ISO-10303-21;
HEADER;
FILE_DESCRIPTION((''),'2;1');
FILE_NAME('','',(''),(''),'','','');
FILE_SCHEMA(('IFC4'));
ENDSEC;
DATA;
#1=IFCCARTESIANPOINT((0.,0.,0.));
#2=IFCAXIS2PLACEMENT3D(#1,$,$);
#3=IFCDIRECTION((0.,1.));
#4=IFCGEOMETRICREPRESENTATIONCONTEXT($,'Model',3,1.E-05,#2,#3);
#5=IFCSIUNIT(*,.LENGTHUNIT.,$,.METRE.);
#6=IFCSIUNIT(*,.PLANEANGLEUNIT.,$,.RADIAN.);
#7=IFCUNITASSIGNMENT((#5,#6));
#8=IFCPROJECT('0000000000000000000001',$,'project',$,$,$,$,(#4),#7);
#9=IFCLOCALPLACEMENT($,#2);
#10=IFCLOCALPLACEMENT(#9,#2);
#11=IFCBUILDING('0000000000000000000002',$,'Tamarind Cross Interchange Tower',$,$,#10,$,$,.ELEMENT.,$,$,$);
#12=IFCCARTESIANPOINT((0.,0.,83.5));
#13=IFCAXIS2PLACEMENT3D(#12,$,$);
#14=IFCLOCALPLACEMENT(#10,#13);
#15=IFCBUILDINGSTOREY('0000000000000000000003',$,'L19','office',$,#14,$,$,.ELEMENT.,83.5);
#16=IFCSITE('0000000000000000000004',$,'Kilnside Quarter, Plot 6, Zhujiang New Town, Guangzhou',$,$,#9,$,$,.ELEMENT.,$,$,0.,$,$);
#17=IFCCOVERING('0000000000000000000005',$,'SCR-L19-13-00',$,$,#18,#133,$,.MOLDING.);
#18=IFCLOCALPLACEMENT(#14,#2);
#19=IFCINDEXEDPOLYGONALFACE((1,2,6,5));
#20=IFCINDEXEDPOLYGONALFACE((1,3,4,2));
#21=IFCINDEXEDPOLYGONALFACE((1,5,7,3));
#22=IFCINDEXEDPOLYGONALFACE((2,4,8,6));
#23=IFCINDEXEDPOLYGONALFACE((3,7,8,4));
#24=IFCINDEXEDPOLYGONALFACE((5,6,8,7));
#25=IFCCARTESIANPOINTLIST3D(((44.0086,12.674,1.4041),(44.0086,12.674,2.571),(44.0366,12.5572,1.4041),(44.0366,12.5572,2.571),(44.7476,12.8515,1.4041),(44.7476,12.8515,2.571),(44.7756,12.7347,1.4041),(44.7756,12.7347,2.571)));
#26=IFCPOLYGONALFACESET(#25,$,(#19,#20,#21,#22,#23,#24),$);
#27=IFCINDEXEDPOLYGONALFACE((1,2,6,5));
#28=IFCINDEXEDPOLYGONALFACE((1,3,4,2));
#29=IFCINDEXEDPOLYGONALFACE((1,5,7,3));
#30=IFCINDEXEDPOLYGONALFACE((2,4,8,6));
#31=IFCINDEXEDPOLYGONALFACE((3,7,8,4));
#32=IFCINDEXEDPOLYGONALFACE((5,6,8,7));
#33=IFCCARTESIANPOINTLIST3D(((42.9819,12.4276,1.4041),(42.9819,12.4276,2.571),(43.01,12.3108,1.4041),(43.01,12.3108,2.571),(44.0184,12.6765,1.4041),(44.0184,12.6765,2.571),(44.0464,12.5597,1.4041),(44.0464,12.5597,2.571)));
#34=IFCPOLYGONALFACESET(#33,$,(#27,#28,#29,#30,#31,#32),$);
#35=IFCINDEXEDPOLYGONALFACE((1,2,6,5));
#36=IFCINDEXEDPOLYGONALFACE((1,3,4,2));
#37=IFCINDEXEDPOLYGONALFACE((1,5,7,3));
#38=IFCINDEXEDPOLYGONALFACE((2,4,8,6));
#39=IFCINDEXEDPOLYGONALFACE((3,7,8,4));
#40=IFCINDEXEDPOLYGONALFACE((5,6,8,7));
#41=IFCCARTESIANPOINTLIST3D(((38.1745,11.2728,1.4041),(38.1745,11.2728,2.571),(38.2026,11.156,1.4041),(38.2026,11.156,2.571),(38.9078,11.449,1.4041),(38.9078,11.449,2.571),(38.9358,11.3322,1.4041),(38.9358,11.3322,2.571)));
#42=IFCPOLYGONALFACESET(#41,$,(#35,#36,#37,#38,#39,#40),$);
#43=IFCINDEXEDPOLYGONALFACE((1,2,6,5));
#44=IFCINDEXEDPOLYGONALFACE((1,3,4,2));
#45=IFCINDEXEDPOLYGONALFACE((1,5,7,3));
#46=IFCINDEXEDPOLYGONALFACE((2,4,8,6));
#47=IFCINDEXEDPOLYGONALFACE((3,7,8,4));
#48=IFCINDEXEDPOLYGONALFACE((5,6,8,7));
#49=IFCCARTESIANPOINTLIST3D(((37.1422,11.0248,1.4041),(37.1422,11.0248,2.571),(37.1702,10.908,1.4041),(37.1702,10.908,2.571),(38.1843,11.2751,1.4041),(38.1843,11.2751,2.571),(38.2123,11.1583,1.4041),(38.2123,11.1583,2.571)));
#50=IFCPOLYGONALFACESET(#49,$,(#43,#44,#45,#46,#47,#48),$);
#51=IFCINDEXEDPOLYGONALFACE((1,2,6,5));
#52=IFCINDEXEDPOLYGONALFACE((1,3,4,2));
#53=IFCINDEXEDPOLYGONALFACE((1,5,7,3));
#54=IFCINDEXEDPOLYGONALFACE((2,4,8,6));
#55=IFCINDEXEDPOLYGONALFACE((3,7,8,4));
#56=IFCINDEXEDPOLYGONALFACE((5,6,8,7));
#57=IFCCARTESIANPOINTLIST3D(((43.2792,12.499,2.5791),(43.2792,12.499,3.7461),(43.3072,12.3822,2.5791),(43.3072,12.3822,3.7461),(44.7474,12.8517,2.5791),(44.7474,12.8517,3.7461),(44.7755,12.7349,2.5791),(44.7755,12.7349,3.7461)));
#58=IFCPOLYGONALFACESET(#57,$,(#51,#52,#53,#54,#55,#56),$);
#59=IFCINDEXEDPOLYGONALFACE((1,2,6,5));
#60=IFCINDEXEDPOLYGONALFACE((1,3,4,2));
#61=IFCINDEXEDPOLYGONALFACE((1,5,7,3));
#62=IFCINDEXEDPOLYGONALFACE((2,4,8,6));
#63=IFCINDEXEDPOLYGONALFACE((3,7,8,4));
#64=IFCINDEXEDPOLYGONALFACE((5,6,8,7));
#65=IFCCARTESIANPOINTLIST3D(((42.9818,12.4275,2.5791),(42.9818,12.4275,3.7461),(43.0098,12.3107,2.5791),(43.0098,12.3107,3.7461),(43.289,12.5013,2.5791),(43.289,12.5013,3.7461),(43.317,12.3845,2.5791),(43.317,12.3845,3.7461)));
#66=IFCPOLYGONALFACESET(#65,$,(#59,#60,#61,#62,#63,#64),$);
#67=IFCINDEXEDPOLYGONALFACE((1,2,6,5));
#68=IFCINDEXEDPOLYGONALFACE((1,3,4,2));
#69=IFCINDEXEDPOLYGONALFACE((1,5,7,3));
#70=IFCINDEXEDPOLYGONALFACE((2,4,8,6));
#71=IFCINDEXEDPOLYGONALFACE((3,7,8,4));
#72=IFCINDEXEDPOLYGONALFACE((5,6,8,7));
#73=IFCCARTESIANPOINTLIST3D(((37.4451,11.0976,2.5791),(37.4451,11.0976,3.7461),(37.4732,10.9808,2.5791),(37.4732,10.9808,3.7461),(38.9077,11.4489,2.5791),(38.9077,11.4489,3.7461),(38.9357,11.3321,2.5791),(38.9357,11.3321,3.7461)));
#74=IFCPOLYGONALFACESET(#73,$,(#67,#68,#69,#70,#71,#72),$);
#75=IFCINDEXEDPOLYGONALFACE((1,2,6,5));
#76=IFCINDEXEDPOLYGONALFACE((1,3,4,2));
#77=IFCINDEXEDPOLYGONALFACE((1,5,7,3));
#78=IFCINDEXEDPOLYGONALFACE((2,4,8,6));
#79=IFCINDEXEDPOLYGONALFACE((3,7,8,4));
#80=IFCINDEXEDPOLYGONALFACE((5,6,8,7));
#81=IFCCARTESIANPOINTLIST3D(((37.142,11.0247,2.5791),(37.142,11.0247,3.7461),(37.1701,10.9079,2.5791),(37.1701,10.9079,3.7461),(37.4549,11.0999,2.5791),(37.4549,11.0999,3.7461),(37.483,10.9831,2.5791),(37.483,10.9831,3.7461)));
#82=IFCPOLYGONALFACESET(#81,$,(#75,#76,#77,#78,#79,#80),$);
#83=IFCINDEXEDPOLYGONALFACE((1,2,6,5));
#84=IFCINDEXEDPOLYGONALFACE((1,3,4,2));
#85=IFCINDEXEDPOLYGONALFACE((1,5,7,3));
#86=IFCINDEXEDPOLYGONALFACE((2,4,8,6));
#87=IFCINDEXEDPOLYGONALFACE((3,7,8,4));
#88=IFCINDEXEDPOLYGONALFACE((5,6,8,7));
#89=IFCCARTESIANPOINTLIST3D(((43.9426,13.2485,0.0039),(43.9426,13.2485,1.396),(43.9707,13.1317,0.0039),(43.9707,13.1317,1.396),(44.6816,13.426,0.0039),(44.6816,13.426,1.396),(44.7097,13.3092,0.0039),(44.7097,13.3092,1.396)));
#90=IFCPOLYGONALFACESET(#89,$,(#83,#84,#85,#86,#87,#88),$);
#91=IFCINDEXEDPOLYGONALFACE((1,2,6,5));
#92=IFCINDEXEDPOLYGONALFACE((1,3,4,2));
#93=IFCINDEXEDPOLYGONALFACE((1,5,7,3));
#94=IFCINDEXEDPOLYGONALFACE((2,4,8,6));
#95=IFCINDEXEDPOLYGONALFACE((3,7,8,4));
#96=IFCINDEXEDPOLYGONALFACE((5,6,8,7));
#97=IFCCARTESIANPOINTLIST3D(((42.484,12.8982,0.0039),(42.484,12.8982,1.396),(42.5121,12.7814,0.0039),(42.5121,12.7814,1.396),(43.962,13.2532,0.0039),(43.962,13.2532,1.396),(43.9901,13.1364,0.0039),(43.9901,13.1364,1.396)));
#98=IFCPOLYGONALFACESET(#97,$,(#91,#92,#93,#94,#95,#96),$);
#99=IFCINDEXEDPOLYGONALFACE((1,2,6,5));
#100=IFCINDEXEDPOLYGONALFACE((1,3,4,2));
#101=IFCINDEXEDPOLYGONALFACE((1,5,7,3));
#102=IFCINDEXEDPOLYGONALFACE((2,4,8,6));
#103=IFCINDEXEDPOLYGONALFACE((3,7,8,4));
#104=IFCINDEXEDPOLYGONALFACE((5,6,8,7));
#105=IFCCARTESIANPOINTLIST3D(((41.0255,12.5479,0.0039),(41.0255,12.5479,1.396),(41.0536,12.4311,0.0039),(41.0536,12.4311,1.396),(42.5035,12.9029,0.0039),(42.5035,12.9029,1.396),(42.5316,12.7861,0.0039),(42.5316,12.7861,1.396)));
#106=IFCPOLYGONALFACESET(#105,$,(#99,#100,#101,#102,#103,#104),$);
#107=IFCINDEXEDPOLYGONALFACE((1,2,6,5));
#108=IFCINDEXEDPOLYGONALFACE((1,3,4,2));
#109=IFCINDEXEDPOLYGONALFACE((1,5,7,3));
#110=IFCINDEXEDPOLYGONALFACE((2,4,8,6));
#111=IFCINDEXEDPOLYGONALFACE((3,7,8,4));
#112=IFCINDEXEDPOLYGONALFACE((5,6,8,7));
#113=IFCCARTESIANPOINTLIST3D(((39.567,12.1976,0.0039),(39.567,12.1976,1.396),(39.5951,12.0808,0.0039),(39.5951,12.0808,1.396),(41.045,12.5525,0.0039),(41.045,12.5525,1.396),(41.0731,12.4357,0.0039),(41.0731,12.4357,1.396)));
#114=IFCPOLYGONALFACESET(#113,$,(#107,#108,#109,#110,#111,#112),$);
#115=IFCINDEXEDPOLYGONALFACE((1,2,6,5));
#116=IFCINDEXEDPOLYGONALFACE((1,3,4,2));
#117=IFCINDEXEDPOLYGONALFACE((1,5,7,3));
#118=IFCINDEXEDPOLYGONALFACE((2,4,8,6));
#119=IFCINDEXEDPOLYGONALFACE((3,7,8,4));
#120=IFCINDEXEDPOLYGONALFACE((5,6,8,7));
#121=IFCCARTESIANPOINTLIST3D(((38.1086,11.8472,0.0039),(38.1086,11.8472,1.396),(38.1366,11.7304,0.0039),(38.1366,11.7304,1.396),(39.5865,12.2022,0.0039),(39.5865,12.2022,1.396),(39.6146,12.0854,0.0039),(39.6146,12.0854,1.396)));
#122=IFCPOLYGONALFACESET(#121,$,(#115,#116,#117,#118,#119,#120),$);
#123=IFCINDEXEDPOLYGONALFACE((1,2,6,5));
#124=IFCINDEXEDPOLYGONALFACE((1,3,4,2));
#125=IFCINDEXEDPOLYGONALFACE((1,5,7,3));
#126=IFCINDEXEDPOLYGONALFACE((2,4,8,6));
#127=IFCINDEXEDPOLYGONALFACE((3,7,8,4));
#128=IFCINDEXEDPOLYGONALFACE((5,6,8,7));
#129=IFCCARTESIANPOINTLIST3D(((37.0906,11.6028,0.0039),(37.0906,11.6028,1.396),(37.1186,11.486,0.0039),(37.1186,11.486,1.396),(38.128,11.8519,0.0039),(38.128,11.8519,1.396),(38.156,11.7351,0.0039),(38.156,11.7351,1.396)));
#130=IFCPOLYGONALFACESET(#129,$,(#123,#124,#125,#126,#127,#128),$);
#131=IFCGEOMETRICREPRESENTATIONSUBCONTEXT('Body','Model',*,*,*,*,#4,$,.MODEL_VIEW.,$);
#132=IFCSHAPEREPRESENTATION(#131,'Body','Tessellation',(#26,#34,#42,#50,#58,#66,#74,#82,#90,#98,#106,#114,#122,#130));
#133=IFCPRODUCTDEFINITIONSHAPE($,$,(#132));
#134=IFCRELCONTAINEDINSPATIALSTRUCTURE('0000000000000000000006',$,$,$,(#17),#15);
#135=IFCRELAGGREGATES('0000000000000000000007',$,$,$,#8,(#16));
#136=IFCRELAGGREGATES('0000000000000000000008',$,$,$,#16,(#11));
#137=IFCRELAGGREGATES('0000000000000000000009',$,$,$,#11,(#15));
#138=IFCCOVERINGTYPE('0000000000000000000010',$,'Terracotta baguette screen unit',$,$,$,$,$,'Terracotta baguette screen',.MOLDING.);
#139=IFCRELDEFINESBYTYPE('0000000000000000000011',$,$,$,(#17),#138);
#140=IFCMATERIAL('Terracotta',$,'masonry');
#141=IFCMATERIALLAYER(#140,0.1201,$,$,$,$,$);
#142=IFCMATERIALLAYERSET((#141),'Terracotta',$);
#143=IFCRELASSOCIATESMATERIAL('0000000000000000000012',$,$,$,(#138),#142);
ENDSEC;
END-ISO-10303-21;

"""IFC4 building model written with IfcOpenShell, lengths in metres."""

from ifc_helpers import new_model, si_unit, direction, frame, origin, origin_2d, place, context, subcontext, project, spatial, rectangle, extrude, material, layer, layer_set, type_object, element, save


model = new_model("IFC4")

# Units and contexts
model_context = context("Model", 3, precision=1e-05, world=origin(), true_north=direction((0.0, 1.0)))
body_context = subcontext(model_context, "Body", "Model", "MODEL_VIEW")
ifc_project = project(units=[si_unit("LENGTHUNIT", "METRE"), si_unit("PLANEANGLEUNIT", "RADIAN")], contexts=[model_context])

# Site, building, storey
site_placement = place(None, origin())
site = spatial("IfcSite", under=ifc_project, at=site_placement, Name="Kilnside Quarter, Plot 6, Zhujiang New Town, Guangzhou", CompositionType="ELEMENT", RefElevation=0.0)
building_placement = place(site_placement, origin())
building = spatial("IfcBuilding", under=site, at=building_placement, Name="Tamarind Cross Interchange Tower", CompositionType="ELEMENT")
storey_placement = place(building_placement, frame((0.0, 0.0, 83.5)))
storey = spatial("IfcBuildingStorey", under=building, at=storey_placement, Name="L19", Description="office", CompositionType="ELEMENT", Elevation=83.5)

# Covering
ifc_material_1 = material(Name="Terracotta", Category="masonry")
ifc_layer_1 = layer(ifc_material_1, 0.1201)
ifc_layer_set_1 = layer_set([ifc_layer_1], Name="Terracotta")
covering_type = type_object("IfcCoveringType", Name="Terracotta baguette screen unit", ElementType="Terracotta baguette screen", PredefinedType="MOLDING", material=ifc_layer_set_1)
covering_1_placement = place(storey_placement, origin())
element("IfcCovering", 1, at=covering_1_placement, inside=storey, type_object=covering_type, Name="SCR-L19-13-00", PredefinedType="MOLDING", context=body_context, shape_type="SweptSolid", body=[
    extrude(rectangle(XDim=0.76, YDim=0.1201, at=origin_2d()), frame((44.3921, 12.7043, 1.4041), z_axis=(0.0, 0.0, 1.0), x_axis=(-0.972346, -0.233544, 0.0)), (0.0, 0.0, 1.0), 1.167),
    extrude(rectangle(XDim=1.0659, YDim=0.1201, at=origin_2d()), frame((43.5142, 12.4937, 1.4041), z_axis=(0.0, 0.0, 1.0), x_axis=(-0.972346, -0.233544, 0.0)), (0.0, 0.0, 1.0), 1.167),
    extrude(rectangle(XDim=0.7542, YDim=0.1201, at=origin_2d()), frame((38.5552, 11.3025, 1.4041), z_axis=(0.0, 0.0, 1.0), x_axis=(-0.972346, -0.233544, 0.0)), (0.0, 0.0, 1.0), 1.167),
    extrude(rectangle(XDim=1.0718, YDim=0.1201, at=origin_2d()), frame((37.6772, 11.0916, 1.4041), z_axis=(0.0, 0.0, 1.0), x_axis=(-0.972346, -0.233544, 0.0)), (0.0, 0.0, 1.0), 1.167),
    extrude(rectangle(XDim=1.51, YDim=0.1201, at=origin_2d()), frame((44.0273, 12.6169, 2.5791), z_axis=(0.0, 0.0, 1.0), x_axis=(-0.972346, -0.233544, 0.0)), (0.0, 0.0, 1.0), 1.167),
    extrude(rectangle(XDim=0.3159, YDim=0.1201, at=origin_2d()), frame((43.1494, 12.406, 2.5791), z_axis=(0.0, 0.0, 1.0), x_axis=(-0.972346, -0.233544, 0.0)), (0.0, 0.0, 1.0), 1.167),
    extrude(rectangle(XDim=1.5042, YDim=0.1201, at=origin_2d()), frame((38.1904, 11.2148, 2.5791), z_axis=(0.0, 0.0, 1.0), x_axis=(-0.972346, -0.233544, 0.0)), (0.0, 0.0, 1.0), 1.167),
    extrude(rectangle(XDim=0.3218, YDim=0.1201, at=origin_2d()), frame((37.3125, 11.0039, 2.5791), z_axis=(0.0, 0.0, 1.0), x_axis=(-0.972346, -0.233544, 0.0)), (0.0, 0.0, 1.0), 1.167),
    extrude(rectangle(XDim=0.76, YDim=0.1201, at=origin_2d()), frame((44.3262, 13.2788, 0.0039), z_axis=(0.0, 0.0, 1.0), x_axis=(-0.972346, -0.233544, 0.0)), (0.0, 0.0, 1.0), 1.3921),
    extrude(rectangle(XDim=1.52, YDim=0.1201, at=origin_2d()), frame((43.2371, 13.0173, 0.0039), z_axis=(0.0, 0.0, 1.0), x_axis=(-0.972346, -0.233544, 0.0)), (0.0, 0.0, 1.0), 1.3921),
    extrude(rectangle(XDim=1.52, YDim=0.1201, at=origin_2d()), frame((41.7786, 12.667, 0.0039), z_axis=(0.0, 0.0, 1.0), x_axis=(-0.972346, -0.233544, 0.0)), (0.0, 0.0, 1.0), 1.3921),
    extrude(rectangle(XDim=1.52, YDim=0.1201, at=origin_2d()), frame((40.3201, 12.3167, 0.0039), z_axis=(0.0, 0.0, 1.0), x_axis=(-0.972346, -0.233544, 0.0)), (0.0, 0.0, 1.0), 1.3921),
    extrude(rectangle(XDim=1.52, YDim=0.1201, at=origin_2d()), frame((38.8616, 11.9663, 0.0039), z_axis=(0.0, 0.0, 1.0), x_axis=(-0.972346, -0.233544, 0.0)), (0.0, 0.0, 1.0), 1.3921),
    extrude(rectangle(XDim=1.0669, YDim=0.1201, at=origin_2d()), frame((37.6233, 11.6689, 0.0039), z_axis=(0.0, 0.0, 1.0), x_axis=(-0.972346, -0.233544, 0.0)), (0.0, 0.0, 1.0), 1.3921),
])

save(model, "model.ifc")
